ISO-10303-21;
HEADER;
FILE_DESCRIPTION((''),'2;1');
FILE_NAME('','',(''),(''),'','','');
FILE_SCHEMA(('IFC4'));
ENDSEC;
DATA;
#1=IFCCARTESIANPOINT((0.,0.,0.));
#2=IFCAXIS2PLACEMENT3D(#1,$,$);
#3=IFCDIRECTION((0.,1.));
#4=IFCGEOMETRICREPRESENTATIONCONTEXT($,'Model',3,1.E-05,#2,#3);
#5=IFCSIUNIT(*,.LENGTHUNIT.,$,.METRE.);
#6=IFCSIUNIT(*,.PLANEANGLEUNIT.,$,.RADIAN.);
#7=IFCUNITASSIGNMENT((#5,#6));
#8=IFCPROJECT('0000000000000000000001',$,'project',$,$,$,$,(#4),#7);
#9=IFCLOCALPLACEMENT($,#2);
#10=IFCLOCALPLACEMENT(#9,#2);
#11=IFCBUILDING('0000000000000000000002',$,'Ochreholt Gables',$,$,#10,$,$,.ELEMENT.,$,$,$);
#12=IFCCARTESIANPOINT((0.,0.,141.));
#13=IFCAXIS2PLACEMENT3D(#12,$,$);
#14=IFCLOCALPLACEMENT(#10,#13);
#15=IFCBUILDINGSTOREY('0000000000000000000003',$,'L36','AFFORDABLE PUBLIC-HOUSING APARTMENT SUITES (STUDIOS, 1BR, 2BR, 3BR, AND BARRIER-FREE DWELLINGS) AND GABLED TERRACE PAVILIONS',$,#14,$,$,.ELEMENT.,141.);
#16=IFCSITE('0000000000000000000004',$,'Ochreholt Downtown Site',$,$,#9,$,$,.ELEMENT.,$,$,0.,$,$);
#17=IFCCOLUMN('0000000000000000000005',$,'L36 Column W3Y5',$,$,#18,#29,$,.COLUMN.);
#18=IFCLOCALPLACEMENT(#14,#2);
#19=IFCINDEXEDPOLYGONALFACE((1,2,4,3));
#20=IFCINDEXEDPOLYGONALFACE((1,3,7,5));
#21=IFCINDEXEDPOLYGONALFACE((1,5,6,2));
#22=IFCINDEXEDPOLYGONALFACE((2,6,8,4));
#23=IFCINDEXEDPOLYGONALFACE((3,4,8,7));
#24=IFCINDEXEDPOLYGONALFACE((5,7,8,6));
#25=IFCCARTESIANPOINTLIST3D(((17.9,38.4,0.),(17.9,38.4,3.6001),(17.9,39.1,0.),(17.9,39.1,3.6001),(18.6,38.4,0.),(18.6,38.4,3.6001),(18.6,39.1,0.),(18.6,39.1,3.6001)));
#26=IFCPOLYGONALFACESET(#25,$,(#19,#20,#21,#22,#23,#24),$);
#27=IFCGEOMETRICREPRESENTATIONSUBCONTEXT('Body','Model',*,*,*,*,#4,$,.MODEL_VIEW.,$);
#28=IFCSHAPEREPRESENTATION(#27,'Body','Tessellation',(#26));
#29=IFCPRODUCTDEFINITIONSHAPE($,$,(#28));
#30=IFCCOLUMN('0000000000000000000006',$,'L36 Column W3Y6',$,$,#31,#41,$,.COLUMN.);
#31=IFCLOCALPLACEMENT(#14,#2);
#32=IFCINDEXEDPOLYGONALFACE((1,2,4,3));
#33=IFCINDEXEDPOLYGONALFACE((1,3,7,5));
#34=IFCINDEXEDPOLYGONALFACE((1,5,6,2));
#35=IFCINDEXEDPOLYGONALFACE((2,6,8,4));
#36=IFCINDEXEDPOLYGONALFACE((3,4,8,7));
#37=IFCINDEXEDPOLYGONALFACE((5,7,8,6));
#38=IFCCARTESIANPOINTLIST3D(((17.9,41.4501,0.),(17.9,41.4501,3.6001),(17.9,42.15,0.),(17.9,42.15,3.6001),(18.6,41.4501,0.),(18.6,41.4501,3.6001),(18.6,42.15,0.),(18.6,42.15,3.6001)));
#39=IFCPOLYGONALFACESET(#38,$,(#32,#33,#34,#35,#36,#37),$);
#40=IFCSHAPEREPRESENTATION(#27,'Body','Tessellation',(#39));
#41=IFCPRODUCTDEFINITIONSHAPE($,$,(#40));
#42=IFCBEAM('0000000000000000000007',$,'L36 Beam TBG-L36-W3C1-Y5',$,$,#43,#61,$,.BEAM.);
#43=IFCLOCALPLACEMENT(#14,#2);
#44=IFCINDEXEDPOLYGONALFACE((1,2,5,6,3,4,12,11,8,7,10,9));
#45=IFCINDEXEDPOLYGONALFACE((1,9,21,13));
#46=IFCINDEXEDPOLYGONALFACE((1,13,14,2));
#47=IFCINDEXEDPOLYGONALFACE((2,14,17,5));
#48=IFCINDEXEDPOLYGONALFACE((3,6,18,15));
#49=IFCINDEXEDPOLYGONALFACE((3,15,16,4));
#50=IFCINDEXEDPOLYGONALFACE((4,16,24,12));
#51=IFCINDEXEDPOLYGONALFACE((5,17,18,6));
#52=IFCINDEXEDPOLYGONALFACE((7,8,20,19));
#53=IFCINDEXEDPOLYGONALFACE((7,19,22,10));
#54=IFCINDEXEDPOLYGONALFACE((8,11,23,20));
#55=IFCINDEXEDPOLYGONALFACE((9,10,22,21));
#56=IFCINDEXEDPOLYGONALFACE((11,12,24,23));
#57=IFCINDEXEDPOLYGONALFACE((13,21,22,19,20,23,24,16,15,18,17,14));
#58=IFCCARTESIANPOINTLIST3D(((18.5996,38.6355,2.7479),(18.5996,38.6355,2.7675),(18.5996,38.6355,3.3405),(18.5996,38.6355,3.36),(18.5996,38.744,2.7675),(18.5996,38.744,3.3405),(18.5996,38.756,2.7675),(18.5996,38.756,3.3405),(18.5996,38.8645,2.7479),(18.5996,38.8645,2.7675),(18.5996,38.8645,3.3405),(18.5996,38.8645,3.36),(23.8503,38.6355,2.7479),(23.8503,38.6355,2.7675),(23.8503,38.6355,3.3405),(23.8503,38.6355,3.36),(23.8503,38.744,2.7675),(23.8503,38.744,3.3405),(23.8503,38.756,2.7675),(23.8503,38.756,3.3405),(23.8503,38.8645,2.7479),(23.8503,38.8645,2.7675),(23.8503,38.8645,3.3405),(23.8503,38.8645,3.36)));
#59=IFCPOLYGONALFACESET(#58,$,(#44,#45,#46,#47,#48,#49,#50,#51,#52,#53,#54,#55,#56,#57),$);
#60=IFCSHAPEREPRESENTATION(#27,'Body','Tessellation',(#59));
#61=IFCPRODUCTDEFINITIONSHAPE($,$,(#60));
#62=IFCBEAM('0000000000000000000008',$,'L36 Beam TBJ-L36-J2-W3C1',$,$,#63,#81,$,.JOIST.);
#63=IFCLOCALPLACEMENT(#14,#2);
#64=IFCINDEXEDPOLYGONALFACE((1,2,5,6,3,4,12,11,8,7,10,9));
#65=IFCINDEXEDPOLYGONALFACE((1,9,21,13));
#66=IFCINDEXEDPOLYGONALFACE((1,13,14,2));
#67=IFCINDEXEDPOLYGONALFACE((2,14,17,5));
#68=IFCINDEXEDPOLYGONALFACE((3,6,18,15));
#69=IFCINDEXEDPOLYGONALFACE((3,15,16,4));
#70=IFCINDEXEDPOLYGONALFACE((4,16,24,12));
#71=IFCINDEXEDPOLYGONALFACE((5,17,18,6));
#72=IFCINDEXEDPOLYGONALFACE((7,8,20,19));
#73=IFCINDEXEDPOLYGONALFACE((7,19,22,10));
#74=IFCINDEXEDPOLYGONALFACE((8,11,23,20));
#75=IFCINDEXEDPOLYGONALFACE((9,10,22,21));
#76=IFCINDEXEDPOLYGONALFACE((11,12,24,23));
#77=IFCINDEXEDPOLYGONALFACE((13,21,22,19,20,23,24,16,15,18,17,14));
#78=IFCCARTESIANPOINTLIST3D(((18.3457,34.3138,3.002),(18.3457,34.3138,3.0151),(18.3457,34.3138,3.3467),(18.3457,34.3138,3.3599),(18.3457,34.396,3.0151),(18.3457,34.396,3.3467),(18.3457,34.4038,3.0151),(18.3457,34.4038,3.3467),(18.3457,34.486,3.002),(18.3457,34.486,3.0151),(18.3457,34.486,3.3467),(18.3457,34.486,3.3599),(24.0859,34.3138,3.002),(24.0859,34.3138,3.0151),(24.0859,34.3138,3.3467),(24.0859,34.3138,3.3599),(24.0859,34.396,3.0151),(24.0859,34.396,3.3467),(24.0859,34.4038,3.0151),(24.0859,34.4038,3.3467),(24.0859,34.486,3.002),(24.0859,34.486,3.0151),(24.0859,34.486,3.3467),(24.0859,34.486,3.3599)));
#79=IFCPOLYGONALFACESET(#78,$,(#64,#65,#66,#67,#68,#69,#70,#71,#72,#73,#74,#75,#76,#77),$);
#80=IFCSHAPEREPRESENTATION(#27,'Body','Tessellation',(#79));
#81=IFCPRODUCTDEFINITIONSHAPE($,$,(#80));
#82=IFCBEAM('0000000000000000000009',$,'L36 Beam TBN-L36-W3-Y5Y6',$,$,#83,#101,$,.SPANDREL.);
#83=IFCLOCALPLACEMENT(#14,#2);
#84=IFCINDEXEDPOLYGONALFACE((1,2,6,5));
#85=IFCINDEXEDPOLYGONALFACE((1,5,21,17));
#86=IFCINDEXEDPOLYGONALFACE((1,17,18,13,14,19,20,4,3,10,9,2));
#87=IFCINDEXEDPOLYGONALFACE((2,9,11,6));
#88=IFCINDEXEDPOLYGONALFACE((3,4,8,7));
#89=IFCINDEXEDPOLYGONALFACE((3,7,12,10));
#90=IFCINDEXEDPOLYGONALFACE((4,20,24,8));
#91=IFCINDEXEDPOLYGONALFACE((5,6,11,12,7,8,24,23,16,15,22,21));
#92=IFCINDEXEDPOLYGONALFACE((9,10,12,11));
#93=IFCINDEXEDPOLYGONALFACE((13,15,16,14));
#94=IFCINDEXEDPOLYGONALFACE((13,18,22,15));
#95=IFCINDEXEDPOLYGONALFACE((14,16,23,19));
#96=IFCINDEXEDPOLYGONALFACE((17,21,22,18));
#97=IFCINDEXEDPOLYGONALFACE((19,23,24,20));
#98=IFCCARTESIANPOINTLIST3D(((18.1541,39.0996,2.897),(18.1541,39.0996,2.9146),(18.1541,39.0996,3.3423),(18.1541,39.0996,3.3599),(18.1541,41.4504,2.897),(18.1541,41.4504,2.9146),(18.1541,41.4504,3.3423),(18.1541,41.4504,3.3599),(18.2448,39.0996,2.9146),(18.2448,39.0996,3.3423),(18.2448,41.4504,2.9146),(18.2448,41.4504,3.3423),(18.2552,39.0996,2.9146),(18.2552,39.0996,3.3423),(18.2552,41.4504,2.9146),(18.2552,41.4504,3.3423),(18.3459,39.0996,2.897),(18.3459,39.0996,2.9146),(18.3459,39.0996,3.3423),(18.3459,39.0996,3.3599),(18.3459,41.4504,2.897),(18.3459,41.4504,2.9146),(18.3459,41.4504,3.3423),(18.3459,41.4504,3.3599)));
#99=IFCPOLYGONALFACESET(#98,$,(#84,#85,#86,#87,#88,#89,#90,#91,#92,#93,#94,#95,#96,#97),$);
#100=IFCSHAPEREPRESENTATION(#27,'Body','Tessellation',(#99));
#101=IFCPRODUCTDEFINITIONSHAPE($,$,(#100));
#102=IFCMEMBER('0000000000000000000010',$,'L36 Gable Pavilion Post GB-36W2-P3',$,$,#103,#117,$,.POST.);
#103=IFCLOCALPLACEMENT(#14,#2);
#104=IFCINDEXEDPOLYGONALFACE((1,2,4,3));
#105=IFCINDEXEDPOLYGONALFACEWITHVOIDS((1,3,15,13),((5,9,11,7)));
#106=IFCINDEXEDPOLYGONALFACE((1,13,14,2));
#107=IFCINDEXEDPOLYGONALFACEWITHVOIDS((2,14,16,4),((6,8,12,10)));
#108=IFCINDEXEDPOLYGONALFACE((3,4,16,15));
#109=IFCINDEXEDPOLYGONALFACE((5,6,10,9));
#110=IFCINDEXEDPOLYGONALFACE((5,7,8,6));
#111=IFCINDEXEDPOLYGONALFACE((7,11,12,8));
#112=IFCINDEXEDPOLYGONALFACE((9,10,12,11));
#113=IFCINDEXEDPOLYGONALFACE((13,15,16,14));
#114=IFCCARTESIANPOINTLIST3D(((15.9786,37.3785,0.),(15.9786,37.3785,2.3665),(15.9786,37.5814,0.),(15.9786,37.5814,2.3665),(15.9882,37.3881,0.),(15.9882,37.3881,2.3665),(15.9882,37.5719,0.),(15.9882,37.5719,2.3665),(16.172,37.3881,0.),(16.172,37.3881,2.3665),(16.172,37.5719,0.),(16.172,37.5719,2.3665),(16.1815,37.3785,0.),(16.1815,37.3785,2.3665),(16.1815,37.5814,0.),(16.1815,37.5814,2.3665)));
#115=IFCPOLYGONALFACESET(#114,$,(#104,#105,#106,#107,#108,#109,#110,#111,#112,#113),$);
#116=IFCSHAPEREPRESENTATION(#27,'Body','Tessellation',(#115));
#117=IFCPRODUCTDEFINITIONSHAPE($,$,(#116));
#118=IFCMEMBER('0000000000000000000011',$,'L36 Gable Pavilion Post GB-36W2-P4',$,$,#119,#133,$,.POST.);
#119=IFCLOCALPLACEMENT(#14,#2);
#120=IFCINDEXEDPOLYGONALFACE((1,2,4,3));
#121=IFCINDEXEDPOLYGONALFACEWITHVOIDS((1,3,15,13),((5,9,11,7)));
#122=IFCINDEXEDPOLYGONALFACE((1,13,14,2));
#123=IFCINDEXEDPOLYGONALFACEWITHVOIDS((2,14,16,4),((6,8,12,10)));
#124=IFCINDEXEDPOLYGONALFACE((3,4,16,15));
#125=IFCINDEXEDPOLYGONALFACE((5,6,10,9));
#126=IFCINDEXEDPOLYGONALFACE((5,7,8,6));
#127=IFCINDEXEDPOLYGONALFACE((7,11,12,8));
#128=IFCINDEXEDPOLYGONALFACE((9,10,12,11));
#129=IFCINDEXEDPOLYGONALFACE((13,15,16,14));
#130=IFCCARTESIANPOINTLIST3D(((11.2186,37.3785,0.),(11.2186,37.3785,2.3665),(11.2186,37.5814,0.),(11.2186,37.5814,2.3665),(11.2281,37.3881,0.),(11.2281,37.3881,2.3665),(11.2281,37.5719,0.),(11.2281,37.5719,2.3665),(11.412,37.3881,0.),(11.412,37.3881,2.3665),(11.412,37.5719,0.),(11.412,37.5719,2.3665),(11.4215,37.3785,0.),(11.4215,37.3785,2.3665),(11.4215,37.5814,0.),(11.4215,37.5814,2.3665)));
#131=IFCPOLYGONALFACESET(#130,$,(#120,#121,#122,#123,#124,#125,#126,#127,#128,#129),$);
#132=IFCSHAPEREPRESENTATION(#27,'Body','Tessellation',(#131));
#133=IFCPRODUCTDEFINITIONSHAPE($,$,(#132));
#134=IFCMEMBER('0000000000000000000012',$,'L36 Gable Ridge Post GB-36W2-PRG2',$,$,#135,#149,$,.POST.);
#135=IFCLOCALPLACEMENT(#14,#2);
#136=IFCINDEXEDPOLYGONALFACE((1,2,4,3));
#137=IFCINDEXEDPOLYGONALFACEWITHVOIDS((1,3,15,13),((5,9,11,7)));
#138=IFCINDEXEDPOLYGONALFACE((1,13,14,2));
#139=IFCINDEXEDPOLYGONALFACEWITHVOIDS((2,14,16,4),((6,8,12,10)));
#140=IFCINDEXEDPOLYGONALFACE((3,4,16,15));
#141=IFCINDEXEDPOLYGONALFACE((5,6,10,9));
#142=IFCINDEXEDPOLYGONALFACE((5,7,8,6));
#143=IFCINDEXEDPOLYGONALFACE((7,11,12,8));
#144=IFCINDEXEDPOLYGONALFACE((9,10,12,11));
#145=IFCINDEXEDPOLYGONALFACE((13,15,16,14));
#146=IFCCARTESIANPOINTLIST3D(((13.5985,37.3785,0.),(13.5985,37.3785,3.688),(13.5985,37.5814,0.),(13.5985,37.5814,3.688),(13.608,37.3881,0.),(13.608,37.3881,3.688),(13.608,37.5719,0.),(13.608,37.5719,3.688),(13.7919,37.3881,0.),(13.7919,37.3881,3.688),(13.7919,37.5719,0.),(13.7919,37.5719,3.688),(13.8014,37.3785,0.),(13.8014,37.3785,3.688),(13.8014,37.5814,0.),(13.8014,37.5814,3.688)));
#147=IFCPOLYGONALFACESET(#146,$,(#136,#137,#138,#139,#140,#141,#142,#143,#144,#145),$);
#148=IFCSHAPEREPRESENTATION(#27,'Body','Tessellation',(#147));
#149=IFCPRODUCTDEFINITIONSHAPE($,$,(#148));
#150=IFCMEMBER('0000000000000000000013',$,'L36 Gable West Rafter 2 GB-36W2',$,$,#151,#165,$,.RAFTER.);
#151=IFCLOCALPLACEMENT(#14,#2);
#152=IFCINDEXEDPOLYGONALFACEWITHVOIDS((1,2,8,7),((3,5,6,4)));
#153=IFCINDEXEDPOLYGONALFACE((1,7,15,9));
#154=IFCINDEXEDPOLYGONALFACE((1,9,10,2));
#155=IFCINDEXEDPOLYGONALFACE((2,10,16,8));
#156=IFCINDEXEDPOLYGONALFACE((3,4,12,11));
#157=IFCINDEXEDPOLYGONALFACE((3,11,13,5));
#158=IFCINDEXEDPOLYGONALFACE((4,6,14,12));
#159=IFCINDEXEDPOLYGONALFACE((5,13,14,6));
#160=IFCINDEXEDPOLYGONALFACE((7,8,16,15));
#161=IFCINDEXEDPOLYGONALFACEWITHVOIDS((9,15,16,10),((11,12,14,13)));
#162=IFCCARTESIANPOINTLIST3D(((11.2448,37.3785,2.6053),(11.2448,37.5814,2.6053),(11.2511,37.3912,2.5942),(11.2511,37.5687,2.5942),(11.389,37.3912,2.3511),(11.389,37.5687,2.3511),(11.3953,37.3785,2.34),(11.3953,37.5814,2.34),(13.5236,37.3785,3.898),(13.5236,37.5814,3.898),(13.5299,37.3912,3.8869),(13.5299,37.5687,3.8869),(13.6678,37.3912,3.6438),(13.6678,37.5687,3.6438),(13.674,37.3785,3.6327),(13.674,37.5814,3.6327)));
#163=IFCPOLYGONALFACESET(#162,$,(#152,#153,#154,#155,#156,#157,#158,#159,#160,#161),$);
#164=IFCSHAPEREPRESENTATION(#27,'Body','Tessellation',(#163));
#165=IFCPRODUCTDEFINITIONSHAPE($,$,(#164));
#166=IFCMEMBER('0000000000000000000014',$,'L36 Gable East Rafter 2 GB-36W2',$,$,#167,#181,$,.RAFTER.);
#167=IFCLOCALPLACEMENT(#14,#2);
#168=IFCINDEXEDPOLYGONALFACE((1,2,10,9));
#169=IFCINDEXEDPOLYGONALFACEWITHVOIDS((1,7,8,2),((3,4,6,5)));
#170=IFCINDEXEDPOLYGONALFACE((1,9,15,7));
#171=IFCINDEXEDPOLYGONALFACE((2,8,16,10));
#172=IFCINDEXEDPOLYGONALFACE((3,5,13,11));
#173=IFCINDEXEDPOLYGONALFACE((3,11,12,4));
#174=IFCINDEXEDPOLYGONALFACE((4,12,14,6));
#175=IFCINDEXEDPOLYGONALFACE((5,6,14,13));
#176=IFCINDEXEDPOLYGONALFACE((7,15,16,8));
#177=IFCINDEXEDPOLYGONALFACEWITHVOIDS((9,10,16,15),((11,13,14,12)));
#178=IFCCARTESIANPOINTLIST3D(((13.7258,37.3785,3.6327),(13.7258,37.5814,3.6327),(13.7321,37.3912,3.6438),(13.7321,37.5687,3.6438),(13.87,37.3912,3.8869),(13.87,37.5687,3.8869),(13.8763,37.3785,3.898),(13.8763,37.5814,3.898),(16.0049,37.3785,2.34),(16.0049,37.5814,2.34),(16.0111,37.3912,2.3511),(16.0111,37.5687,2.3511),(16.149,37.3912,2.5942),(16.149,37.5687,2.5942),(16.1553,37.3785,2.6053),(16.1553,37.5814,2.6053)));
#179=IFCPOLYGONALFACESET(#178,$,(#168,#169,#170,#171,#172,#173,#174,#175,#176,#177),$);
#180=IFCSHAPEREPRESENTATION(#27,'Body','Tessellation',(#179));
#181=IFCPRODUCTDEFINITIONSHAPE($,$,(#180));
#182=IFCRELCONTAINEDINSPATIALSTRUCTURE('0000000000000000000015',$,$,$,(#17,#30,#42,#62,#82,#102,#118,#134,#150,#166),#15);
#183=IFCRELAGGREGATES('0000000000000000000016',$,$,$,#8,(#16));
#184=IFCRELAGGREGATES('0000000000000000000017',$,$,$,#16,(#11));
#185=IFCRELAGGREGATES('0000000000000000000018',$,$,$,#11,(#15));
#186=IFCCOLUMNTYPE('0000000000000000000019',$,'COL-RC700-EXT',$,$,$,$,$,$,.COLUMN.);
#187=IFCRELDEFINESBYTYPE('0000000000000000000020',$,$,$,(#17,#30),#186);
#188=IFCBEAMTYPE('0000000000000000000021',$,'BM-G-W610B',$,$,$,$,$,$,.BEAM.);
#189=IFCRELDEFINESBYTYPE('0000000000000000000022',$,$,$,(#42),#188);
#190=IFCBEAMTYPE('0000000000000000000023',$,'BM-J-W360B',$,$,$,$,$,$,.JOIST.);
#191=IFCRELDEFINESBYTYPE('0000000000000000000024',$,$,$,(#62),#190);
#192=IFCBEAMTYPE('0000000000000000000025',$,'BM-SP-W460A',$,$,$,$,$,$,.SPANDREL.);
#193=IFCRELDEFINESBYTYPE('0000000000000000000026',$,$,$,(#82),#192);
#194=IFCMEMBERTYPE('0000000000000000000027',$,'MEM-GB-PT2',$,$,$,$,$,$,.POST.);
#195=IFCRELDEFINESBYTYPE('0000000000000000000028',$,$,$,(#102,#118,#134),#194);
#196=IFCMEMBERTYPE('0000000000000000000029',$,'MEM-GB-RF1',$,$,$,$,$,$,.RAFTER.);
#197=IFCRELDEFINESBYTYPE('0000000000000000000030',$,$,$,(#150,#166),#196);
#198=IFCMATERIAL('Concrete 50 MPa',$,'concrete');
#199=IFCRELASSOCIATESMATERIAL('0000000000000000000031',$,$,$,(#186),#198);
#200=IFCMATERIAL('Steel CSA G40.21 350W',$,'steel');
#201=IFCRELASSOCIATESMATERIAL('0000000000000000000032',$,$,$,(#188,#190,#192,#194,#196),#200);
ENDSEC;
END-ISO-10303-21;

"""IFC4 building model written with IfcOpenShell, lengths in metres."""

from ifc_helpers import new_model, si_unit, direction, frame, origin, origin_2d, place, context, subcontext, project, spatial, rectangle, hollow_rectangle, i_section, extrude, material, material_profile, profile_set, type_object, element, save


model = new_model("IFC4")

# Units and contexts
model_context = context("Model", 3, precision=1e-05, world=origin(), true_north=direction((0.0, 1.0)))
body_context = subcontext(model_context, "Body", "Model", "MODEL_VIEW")
ifc_project = project(units=[si_unit("LENGTHUNIT", "METRE"), si_unit("PLANEANGLEUNIT", "RADIAN")], contexts=[model_context])

# Site, building, storey
site_placement = place(None, origin())
site = spatial("IfcSite", under=ifc_project, at=site_placement, Name="Ochreholt Downtown Site", CompositionType="ELEMENT", RefElevation=0.0)
building_placement = place(site_placement, origin())
building = spatial("IfcBuilding", under=site, at=building_placement, Name="Ochreholt Gables", CompositionType="ELEMENT")
storey_placement = place(building_placement, frame((0.0, 0.0, 141.0)))
storey = spatial("IfcBuildingStorey", under=building, at=storey_placement, Name="L36", Description="AFFORDABLE PUBLIC-HOUSING APARTMENT SUITES (STUDIOS, 1BR, 2BR, 3BR, AND BARRIER-FREE DWELLINGS) AND GABLED TERRACE PAVILIONS", CompositionType="ELEMENT", Elevation=141.0)

# Columns
ifc_material_1 = material(Name="Concrete 50 MPa", Category="concrete")
ifc_material_profile_1 = material_profile(ifc_material_1, rectangle(XDim=0.7, YDim=0.7, at=origin_2d()), Name="RC700X700")
ifc_profile_set_1 = profile_set([ifc_material_profile_1], Name="Concrete 50 MPa")
column_type = type_object("IfcColumnType", Name="COL-RC700-EXT", PredefinedType="COLUMN", material=ifc_profile_set_1)
for number, where, z_axis, x_axis, name in (
    (1, (18.25, 38.75, 0.0), (0.0, 0.0, 1.0), (1.0, 0.0, 0.0), "L36 Column W3Y5"),
    (2, (18.25, 41.8, 0.0), (0.0, 0.0, 1.0), (1.0, 0.0, 0.0), "L36 Column W3Y6"),
):
    element("IfcColumn", number, at=place(storey_placement, frame(where, z_axis=z_axis, x_axis=x_axis)), inside=storey, type_object=column_type, Name=name, PredefinedType="COLUMN", context=body_context, shape_type="SweptSolid", body=[
        extrude(rectangle(XDim=0.7, YDim=0.7, at=origin_2d()), origin(), (0.0, 0.0, 1.0), 3.6001),
    ])

# Beams
ifc_material_2 = material(Name="Steel CSA G40.21 350W", Category="steel")
ifc_material_profile_2 = material_profile(ifc_material_2, i_section(OverallWidth=0.229, OverallDepth=0.6121, WebThickness=0.012, FlangeThickness=0.0195, at=origin_2d()), Name="W610X125")
ifc_profile_set_2 = profile_set([ifc_material_profile_2], Name="Steel CSA G40.21 350W")
beam_type_1 = type_object("IfcBeamType", Name="BM-G-W610B", PredefinedType="BEAM", material=ifc_profile_set_2)
beam_1_placement = place(storey_placement, frame((18.5996, 38.75, 3.054), z_axis=(1.0, 0.0, 0.0), x_axis=(0.0, 1.0, 0.0)))
element("IfcBeam", 3, at=beam_1_placement, inside=storey, type_object=beam_type_1, Name="L36 Beam TBG-L36-W3C1-Y5", PredefinedType="BEAM", context=body_context, shape_type="SweptSolid", body=[
    extrude(i_section(OverallWidth=0.229, OverallDepth=0.6121, WebThickness=0.012, FlangeThickness=0.0195, at=origin_2d()), origin(), (0.0, 0.0, 1.0), 5.2507),
])
ifc_material_profile_3 = material_profile(ifc_material_2, i_section(OverallWidth=0.1721, OverallDepth=0.3579, WebThickness=0.0078, FlangeThickness=0.0132, at=origin_2d()), Name="W360X57")
ifc_profile_set_3 = profile_set([ifc_material_profile_3], Name="Steel CSA G40.21 350W")
beam_type_2 = type_object("IfcBeamType", Name="BM-J-W360B", PredefinedType="JOIST", material=ifc_profile_set_3)
beam_2_placement = place(storey_placement, frame((18.3457, 34.3999, 3.1809), z_axis=(1.0, 0.0, 0.0), x_axis=(0.0, 1.0, 0.0)))
element("IfcBeam", 4, at=beam_2_placement, inside=storey, type_object=beam_type_2, Name="L36 Beam TBJ-L36-J2-W3C1", PredefinedType="JOIST", context=body_context, shape_type="SweptSolid", body=[
    extrude(i_section(OverallWidth=0.1721, OverallDepth=0.3579, WebThickness=0.0078, FlangeThickness=0.0132, at=origin_2d()), origin(), (0.0, 0.0, 1.0), 5.7402),
])
ifc_material_profile_4 = material_profile(ifc_material_2, i_section(OverallWidth=0.1919, OverallDepth=0.4629, WebThickness=0.0105, FlangeThickness=0.0176, at=origin_2d()), Name="W460X89")
ifc_profile_set_4 = profile_set([ifc_material_profile_4], Name="Steel CSA G40.21 350W")
beam_type_3 = type_object("IfcBeamType", Name="BM-SP-W460A", PredefinedType="SPANDREL", material=ifc_profile_set_4)
beam_3_placement = place(storey_placement, frame((18.25, 39.0996, 3.1284), z_axis=(0.0, 1.0, 0.0), x_axis=(-1.0, 0.0, 0.0)))
element("IfcBeam", 5, at=beam_3_placement, inside=storey, type_object=beam_type_3, Name="L36 Beam TBN-L36-W3-Y5Y6", PredefinedType="SPANDREL", context=body_context, shape_type="SweptSolid", body=[
    extrude(i_section(OverallWidth=0.1919, OverallDepth=0.4629, WebThickness=0.0105, FlangeThickness=0.0176, at=origin_2d()), origin(), (0.0, 0.0, 1.0), 2.3508),
])

# Members
ifc_material_profile_5 = material_profile(ifc_material_2, hollow_rectangle(XDim=0.2029, YDim=0.2029, WallThickness=0.0095, at=origin_2d()), Name="HSS203X203X10")
ifc_profile_set_5 = profile_set([ifc_material_profile_5], Name="Steel CSA G40.21 350W")
member_type_1 = type_object("IfcMemberType", Name="MEM-GB-PT2", PredefinedType="POST", material=ifc_profile_set_5)
for number, where, z_axis, x_axis, name in (
    (6, (16.0801, 37.48, 0.0), (0.0, 0.0, 1.0), (1.0, 0.0, 0.0), "L36 Gable Pavilion Post GB-36W2-P3"),
    (7, (11.3201, 37.48, 0.0), (0.0, 0.0, 1.0), (1.0, 0.0, 0.0), "L36 Gable Pavilion Post GB-36W2-P4"),
):
    element("IfcMember", number, at=place(storey_placement, frame(where, z_axis=z_axis, x_axis=x_axis)), inside=storey, type_object=member_type_1, Name=name, PredefinedType="POST", context=body_context, shape_type="SweptSolid", body=[
        extrude(hollow_rectangle(XDim=0.2029, YDim=0.2029, WallThickness=0.0095, at=origin_2d()), origin(), (0.0, 0.0, 1.0), 2.3665),
    ])
member_1_placement = place(storey_placement, frame((13.7, 37.48, 0.0), z_axis=(0.0, 0.0, 1.0), x_axis=(1.0, 0.0, 0.0)))
element("IfcMember", 8, at=member_1_placement, inside=storey, type_object=member_type_1, Name="L36 Gable Ridge Post GB-36W2-PRG2", PredefinedType="POST", context=body_context, shape_type="SweptSolid", body=[
    extrude(hollow_rectangle(XDim=0.2029, YDim=0.2029, WallThickness=0.0095, at=origin_2d()), origin(), (0.0, 0.0, 1.0), 3.688),
])
ifc_material_profile_6 = material_profile(ifc_material_2, hollow_rectangle(XDim=0.2029, YDim=0.3049, WallThickness=0.0127, at=origin_2d()), Name="HSS305X203X13")
ifc_profile_set_6 = profile_set([ifc_material_profile_6], Name="Steel CSA G40.21 350W")
member_type_2 = type_object("IfcMemberType", Name="MEM-GB-RF1", PredefinedType="RAFTER", material=ifc_profile_set_6)
member_2_placement = place(storey_placement, frame((11.3201, 37.48, 2.4727), z_axis=(0.869793, 0.0, 0.493417), x_axis=(0.0, 1.0, 0.0)))
element("IfcMember", 9, at=member_2_placement, inside=storey, type_object=member_type_2, Name="L36 Gable West Rafter 2 GB-36W2", PredefinedType="RAFTER", context=body_context, shape_type="SweptSolid", body=[
    extrude(hollow_rectangle(XDim=0.2029, YDim=0.3049, WallThickness=0.0127, at=origin_2d()), origin(), (0.0, 0.0, 1.0), 2.6199),
])
member_3_placement = place(storey_placement, frame((16.0801, 37.48, 2.4727), z_axis=(-0.869816, 0.0, 0.493377), x_axis=(0.0, -1.0, 0.0)))
element("IfcMember", 10, at=member_3_placement, inside=storey, type_object=member_type_2, Name="L36 Gable East Rafter 2 GB-36W2", PredefinedType="RAFTER", context=body_context, shape_type="SweptSolid", body=[
    extrude(hollow_rectangle(XDim=0.2029, YDim=0.3049, WallThickness=0.0127, at=origin_2d()), origin(), (0.0, 0.0, 1.0), 2.6201),
])

save(model, "model.ifc")
